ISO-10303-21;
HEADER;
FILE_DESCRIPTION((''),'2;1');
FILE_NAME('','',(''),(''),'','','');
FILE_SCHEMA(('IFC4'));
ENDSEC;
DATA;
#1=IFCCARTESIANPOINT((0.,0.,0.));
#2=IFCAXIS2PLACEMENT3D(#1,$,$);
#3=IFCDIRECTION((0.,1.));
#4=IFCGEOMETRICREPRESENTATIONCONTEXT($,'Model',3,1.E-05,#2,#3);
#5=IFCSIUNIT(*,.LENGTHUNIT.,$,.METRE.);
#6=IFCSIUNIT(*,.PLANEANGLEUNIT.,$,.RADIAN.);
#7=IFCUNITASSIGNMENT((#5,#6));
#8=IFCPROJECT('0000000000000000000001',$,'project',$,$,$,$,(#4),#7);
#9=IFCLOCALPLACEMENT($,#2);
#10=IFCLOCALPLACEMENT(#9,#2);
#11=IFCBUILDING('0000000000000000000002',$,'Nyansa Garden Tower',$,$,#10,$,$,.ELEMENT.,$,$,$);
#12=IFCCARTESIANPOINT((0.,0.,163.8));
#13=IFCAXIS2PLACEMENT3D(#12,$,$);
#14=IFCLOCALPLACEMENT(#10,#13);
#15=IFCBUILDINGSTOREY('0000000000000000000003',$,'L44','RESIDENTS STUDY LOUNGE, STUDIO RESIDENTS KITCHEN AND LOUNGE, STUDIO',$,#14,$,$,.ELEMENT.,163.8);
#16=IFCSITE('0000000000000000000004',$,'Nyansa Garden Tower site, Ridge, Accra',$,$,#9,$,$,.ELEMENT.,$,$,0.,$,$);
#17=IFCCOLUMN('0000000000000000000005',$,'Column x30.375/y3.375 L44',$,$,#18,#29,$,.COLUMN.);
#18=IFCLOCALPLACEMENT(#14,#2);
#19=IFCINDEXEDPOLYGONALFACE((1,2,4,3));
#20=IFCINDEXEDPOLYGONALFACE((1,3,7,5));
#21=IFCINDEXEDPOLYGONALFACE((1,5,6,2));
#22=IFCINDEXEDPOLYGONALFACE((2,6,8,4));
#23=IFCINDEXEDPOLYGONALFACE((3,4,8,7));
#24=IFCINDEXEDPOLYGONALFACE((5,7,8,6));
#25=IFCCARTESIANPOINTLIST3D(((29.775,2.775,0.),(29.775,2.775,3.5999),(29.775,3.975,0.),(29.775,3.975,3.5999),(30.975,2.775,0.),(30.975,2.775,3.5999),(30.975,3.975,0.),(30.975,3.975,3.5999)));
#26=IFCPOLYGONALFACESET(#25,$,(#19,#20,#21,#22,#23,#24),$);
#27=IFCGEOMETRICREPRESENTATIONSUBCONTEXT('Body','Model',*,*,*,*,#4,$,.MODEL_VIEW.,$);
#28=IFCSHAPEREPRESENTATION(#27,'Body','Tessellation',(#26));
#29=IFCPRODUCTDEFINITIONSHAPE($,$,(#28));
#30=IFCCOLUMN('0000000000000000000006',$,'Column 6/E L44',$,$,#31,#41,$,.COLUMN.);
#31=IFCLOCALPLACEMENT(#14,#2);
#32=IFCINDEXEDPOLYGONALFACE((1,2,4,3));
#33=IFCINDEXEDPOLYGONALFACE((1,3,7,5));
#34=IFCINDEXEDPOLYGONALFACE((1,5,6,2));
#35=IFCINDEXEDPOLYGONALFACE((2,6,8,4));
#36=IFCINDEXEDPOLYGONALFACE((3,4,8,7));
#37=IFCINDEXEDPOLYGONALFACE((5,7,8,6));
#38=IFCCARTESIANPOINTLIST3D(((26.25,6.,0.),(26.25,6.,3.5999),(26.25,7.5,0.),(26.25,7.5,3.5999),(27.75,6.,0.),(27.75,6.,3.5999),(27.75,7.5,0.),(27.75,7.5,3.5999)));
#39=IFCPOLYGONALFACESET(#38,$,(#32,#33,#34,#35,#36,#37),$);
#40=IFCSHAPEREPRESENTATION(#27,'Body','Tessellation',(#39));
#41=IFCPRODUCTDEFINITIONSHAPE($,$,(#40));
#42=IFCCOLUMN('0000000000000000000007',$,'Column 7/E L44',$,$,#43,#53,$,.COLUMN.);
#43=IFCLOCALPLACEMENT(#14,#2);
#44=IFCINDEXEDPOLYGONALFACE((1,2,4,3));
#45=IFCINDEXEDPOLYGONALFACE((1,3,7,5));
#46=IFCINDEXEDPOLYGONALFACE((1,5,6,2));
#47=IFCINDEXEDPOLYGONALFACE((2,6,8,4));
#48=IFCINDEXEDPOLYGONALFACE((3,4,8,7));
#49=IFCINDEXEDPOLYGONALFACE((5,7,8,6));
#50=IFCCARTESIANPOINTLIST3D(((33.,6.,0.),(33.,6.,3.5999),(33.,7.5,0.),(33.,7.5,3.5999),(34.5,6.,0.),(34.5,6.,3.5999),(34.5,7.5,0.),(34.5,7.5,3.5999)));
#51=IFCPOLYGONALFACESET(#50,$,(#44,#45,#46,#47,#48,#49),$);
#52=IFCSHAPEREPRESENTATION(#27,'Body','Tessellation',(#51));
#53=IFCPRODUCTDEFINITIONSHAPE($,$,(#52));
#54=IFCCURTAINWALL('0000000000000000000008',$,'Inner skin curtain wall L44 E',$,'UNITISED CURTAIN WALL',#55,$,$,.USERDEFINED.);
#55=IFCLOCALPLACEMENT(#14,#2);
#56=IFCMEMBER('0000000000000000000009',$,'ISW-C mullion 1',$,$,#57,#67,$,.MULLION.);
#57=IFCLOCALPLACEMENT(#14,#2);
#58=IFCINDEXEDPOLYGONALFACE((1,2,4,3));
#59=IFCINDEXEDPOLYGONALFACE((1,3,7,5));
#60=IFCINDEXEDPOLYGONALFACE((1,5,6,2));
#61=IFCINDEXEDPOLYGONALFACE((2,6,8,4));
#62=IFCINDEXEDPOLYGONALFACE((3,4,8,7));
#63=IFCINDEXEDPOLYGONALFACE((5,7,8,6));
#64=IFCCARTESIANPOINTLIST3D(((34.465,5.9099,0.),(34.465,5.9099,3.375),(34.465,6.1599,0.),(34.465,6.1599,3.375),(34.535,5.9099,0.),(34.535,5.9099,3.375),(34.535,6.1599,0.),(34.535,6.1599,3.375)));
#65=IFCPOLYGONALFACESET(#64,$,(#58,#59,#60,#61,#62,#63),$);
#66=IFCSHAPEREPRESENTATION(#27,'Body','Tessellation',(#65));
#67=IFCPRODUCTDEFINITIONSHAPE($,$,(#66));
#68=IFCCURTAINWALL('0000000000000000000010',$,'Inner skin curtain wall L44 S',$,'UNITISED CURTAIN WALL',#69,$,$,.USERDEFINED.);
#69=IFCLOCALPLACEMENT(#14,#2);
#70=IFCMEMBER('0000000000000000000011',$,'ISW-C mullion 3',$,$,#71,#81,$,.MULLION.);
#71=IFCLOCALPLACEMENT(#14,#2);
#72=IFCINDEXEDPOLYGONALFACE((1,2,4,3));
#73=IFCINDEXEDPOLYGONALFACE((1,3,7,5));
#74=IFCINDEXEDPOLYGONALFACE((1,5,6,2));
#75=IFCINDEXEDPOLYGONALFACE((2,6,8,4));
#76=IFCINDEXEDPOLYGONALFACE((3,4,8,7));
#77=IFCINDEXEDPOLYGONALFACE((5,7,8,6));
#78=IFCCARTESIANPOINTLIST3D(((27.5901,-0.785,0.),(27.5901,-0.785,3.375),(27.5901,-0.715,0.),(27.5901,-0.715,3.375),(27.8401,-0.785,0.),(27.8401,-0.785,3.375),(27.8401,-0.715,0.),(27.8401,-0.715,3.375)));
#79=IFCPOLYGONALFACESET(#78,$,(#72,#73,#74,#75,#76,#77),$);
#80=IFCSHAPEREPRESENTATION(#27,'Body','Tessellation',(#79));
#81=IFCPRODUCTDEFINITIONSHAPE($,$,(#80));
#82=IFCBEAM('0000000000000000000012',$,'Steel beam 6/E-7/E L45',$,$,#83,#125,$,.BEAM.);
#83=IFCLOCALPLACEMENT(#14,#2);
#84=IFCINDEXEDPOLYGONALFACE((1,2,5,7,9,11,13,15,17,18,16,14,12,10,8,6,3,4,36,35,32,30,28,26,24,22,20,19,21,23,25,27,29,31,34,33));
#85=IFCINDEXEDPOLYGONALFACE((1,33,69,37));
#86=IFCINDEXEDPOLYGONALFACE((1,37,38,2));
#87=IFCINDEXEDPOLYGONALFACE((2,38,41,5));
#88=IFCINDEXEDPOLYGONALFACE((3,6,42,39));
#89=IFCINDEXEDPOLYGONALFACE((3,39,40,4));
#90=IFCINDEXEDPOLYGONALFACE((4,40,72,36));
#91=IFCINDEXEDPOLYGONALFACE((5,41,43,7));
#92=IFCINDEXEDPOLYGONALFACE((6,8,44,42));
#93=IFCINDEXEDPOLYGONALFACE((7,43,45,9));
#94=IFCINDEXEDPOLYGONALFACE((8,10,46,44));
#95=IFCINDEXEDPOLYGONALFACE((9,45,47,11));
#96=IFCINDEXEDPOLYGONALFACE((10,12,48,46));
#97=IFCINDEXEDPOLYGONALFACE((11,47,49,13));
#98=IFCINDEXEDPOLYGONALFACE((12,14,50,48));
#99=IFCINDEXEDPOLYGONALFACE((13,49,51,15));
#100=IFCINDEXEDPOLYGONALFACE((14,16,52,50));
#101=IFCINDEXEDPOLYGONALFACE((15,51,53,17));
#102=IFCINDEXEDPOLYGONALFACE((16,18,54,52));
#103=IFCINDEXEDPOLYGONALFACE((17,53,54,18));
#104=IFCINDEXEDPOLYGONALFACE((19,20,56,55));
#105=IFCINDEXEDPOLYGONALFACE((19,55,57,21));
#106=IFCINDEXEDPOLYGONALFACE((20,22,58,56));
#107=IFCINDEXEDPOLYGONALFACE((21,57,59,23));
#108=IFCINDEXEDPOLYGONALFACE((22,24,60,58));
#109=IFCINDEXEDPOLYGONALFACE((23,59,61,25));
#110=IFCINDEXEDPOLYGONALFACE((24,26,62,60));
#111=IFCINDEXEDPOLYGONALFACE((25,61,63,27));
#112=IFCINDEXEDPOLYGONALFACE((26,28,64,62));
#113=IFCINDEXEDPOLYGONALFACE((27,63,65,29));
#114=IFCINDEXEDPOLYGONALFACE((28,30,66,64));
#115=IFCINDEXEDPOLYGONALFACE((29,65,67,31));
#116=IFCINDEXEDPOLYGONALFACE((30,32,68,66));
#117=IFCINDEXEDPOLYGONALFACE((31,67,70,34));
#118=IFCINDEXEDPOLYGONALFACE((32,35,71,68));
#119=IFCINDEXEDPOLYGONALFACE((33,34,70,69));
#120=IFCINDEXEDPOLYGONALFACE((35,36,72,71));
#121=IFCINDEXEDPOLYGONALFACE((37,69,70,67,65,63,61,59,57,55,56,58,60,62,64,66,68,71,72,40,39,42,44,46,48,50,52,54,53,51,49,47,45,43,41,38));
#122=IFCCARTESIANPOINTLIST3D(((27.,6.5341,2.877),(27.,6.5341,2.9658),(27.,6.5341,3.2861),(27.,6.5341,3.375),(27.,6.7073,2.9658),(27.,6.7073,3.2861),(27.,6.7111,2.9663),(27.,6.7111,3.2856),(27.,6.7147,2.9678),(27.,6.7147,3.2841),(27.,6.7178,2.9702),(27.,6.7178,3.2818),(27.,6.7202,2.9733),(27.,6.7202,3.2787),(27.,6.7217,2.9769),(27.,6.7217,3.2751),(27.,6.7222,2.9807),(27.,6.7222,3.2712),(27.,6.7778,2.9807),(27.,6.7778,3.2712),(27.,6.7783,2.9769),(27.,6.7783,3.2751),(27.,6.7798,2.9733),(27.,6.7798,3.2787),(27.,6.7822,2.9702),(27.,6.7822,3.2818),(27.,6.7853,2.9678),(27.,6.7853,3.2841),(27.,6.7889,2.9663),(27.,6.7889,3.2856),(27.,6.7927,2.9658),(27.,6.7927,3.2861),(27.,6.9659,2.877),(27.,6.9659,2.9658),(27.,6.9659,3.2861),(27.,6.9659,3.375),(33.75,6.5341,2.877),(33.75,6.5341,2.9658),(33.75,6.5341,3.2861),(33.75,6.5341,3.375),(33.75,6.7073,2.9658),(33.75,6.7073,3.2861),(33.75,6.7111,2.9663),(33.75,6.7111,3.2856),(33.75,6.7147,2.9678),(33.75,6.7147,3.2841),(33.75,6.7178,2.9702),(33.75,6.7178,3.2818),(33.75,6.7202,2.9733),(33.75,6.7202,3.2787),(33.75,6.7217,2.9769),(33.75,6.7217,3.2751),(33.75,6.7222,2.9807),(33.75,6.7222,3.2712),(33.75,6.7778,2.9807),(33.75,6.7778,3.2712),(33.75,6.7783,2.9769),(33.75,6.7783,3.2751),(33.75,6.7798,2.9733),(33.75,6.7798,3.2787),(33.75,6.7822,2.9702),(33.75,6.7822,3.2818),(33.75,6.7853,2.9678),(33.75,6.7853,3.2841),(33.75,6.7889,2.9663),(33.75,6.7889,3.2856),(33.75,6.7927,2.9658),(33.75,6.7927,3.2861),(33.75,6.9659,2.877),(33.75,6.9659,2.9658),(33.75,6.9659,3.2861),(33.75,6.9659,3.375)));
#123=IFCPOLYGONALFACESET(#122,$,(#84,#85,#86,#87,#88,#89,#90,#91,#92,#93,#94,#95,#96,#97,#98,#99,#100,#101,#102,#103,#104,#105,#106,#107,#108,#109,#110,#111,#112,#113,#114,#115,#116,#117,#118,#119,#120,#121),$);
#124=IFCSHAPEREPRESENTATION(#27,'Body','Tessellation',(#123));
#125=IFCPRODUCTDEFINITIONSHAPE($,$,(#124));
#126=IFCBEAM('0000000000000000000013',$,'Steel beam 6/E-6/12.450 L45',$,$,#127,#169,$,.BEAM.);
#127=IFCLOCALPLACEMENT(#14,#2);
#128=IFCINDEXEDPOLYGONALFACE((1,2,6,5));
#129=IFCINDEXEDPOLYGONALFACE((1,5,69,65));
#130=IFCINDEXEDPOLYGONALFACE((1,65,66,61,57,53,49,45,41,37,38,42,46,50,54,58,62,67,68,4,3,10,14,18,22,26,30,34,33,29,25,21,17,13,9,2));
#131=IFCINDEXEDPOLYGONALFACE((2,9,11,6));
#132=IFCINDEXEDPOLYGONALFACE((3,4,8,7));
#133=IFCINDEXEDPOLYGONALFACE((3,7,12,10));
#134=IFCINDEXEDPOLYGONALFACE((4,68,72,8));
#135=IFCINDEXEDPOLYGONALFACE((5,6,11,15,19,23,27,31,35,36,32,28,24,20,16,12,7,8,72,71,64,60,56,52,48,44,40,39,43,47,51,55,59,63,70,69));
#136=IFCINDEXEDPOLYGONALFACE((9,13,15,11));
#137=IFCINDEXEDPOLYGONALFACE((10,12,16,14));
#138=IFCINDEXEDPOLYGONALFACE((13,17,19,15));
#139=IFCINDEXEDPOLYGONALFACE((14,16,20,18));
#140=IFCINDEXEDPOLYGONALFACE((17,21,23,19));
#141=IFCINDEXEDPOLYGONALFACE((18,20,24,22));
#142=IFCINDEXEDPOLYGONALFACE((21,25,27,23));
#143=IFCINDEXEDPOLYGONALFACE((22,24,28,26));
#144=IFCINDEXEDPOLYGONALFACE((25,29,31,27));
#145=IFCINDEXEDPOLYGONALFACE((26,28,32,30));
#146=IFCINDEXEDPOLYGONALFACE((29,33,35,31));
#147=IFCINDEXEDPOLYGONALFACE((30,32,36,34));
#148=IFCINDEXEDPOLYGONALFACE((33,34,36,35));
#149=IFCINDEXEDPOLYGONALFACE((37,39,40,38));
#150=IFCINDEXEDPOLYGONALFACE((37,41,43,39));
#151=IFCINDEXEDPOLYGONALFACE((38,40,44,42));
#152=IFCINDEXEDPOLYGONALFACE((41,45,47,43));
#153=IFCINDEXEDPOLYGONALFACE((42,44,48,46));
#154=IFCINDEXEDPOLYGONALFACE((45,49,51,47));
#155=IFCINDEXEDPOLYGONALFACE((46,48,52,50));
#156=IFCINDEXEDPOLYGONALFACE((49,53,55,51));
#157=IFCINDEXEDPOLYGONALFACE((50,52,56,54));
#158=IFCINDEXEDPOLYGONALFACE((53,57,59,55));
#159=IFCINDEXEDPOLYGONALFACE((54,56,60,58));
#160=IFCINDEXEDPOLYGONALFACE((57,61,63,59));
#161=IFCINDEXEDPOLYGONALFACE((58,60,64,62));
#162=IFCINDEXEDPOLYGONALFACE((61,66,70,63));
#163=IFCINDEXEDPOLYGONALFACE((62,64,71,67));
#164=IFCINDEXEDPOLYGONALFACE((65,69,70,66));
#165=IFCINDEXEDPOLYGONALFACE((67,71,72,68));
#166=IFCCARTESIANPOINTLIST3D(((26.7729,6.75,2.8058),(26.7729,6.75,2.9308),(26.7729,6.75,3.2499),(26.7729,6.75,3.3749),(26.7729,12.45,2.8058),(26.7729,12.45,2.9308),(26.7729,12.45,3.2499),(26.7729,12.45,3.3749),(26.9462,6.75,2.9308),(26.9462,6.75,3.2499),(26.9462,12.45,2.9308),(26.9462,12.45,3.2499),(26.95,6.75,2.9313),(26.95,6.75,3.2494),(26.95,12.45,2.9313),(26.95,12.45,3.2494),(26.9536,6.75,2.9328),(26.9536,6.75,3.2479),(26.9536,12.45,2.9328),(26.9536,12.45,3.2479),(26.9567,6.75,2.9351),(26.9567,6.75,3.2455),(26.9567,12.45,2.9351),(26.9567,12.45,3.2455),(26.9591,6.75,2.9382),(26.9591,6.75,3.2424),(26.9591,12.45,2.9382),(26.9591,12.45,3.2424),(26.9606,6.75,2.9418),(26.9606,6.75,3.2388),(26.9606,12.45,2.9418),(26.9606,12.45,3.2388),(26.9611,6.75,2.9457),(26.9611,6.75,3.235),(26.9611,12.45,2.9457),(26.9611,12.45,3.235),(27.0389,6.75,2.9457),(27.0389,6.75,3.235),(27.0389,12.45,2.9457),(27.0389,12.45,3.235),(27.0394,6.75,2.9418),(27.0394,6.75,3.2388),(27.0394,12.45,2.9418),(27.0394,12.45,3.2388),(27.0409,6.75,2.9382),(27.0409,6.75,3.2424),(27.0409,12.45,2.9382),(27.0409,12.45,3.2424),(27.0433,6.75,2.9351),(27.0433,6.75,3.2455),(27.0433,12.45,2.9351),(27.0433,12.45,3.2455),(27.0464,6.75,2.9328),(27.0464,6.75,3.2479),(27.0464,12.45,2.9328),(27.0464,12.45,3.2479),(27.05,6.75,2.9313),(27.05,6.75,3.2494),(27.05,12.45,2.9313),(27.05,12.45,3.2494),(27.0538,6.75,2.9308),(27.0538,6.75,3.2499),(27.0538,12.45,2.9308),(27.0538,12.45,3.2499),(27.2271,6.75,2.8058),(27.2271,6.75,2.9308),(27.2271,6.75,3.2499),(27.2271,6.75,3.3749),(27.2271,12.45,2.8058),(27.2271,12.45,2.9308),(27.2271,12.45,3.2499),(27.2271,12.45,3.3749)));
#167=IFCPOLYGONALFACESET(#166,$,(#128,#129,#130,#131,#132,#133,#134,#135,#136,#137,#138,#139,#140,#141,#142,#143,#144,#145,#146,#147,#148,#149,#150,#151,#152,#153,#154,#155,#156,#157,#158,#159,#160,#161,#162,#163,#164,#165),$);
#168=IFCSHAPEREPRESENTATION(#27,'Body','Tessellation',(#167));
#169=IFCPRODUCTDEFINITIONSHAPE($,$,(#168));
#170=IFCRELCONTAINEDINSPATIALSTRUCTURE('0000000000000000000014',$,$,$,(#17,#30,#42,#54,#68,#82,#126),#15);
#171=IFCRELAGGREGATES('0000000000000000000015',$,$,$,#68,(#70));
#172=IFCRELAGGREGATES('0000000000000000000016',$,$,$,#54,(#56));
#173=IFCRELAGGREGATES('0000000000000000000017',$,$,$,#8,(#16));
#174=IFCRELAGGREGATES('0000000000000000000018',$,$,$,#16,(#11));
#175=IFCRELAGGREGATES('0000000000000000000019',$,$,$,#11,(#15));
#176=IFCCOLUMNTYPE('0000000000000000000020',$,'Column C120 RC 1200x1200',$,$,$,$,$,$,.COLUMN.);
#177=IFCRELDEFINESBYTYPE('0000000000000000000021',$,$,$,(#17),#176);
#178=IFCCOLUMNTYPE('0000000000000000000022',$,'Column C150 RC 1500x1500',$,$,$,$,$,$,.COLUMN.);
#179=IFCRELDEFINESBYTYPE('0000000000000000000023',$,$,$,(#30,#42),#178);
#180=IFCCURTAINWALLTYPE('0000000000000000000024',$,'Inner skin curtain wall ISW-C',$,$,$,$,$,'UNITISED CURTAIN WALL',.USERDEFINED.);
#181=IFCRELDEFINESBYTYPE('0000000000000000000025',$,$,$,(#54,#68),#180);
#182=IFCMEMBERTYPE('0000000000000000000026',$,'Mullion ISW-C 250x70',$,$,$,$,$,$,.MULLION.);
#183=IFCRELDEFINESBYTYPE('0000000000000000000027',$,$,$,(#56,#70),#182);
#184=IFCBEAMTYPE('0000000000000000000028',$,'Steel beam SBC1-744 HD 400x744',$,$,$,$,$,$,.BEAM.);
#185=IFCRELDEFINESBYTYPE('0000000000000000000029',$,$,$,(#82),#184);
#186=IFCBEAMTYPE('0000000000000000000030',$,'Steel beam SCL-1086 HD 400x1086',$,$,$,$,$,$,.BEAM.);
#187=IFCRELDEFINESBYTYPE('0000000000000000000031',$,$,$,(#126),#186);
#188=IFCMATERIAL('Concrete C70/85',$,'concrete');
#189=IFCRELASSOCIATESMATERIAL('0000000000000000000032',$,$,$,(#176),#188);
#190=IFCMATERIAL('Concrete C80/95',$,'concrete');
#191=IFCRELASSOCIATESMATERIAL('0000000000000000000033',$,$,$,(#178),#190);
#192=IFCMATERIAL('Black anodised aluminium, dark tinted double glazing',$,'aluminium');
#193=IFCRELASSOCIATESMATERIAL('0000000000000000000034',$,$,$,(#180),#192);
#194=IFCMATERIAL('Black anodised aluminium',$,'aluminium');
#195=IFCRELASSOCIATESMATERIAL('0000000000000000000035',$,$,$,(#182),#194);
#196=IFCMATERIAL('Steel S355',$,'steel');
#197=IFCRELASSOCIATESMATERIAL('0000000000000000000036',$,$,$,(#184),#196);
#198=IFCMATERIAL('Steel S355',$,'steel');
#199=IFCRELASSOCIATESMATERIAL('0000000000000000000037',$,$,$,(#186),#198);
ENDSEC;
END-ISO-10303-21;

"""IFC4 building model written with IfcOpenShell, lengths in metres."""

from ifc_helpers import new_model, si_unit, direction, frame, origin, origin_2d, place, context, subcontext, project, spatial, rectangle, i_section, extrude, material, material_profile, profile_set, type_object, element, aggregate, save


model = new_model("IFC4")

# Units and contexts
model_context = context("Model", 3, precision=1e-05, world=origin(), true_north=direction((0.0, 1.0)))
body_context = subcontext(model_context, "Body", "Model", "MODEL_VIEW")
ifc_project = project(units=[si_unit("LENGTHUNIT", "METRE"), si_unit("PLANEANGLEUNIT", "RADIAN")], contexts=[model_context])

# Site, building, storey
site_placement = place(None, origin())
site = spatial("IfcSite", under=ifc_project, at=site_placement, Name="Nyansa Garden Tower site, Ridge, Accra", CompositionType="ELEMENT", RefElevation=0.0)
building_placement = place(site_placement, origin())
building = spatial("IfcBuilding", under=site, at=building_placement, Name="Nyansa Garden Tower", CompositionType="ELEMENT")
storey_placement = place(building_placement, frame((0.0, 0.0, 163.8)))
storey = spatial("IfcBuildingStorey", under=building, at=storey_placement, Name="L44", Description="RESIDENTS STUDY LOUNGE, STUDIO RESIDENTS KITCHEN AND LOUNGE, STUDIO", CompositionType="ELEMENT", Elevation=163.8)

# Columns
ifc_material_1 = material(Name="Concrete C70/85", Category="concrete")
ifc_material_profile_1 = material_profile(ifc_material_1, rectangle(XDim=1.2, YDim=1.2, at=origin_2d()), Name="RC 1200x1200")
ifc_profile_set_1 = profile_set([ifc_material_profile_1], Name="Concrete C70/85")
column_type_1 = type_object("IfcColumnType", Name="Column C120 RC 1200x1200", PredefinedType="COLUMN", material=ifc_profile_set_1)
column_placement = place(storey_placement, frame((30.375, 3.375, 0.0), z_axis=(0.0, 0.0, 1.0), x_axis=(1.0, 0.0, 0.0)))
element("IfcColumn", 1, at=column_placement, inside=storey, type_object=column_type_1, Name="Column x30.375/y3.375 L44", PredefinedType="COLUMN", context=body_context, shape_type="SweptSolid", body=[
    extrude(rectangle(XDim=1.2, YDim=1.2, at=origin_2d()), origin(), (0.0, 0.0, 1.0), 3.5999),
])
ifc_material_2 = material(Name="Concrete C80/95", Category="concrete")
ifc_material_profile_2 = material_profile(ifc_material_2, rectangle(XDim=1.5, YDim=1.5, at=origin_2d()), Name="RC 1500x1500")
ifc_profile_set_2 = profile_set([ifc_material_profile_2], Name="Concrete C80/95")
column_type_2 = type_object("IfcColumnType", Name="Column C150 RC 1500x1500", PredefinedType="COLUMN", material=ifc_profile_set_2)
for number, where, z_axis, x_axis, name in (
    (2, (27.0, 6.75, 0.0), (0.0, 0.0, 1.0), (1.0, 0.0, 0.0), "Column 6/E L44"),
    (3, (33.75, 6.75, 0.0), (0.0, 0.0, 1.0), (1.0, 0.0, 0.0), "Column 7/E L44"),
):
    element("IfcColumn", number, at=place(storey_placement, frame(where, z_axis=z_axis, x_axis=x_axis)), inside=storey, type_object=column_type_2, Name=name, PredefinedType="COLUMN", context=body_context, shape_type="SweptSolid", body=[
        extrude(rectangle(XDim=1.5, YDim=1.5, at=origin_2d()), origin(), (0.0, 0.0, 1.0), 3.5999),
    ])

# Curtain walls, members
ifc_material_3 = material(Name="Black anodised aluminium, dark tinted double glazing", Category="aluminium")
curtain_wall_type = type_object("IfcCurtainWallType", Name="Inner skin curtain wall ISW-C", ElementType="UNITISED CURTAIN WALL", PredefinedType="USERDEFINED", material=ifc_material_3)
curtain_wall_1_placement = place(storey_placement, origin())
curtain_wall_1 = element("IfcCurtainWall", 4, at=curtain_wall_1_placement, inside=storey, type_object=curtain_wall_type, Name="Inner skin curtain wall L44 E", ObjectType="UNITISED CURTAIN WALL", PredefinedType="USERDEFINED")
ifc_material_4 = material(Name="Black anodised aluminium", Category="aluminium")
ifc_material_profile_3 = material_profile(ifc_material_4, rectangle(XDim=0.0701, YDim=0.25, at=origin_2d()), Name="Mullion 250x70")
ifc_profile_set_3 = profile_set([ifc_material_profile_3], Name="Black anodised aluminium")
member_type_1 = type_object("IfcMemberType", Name="Mullion ISW-C 250x70", PredefinedType="MULLION", material=ifc_profile_set_3)
member_1_placement = place(storey_placement, frame((34.5, 6.0349, 0.0), z_axis=(0.0, 0.0, 1.0), x_axis=(-1.0, 0.0, 0.0)))
member_1 = element("IfcMember", 5, at=member_1_placement, type_object=member_type_1, Name="ISW-C mullion 1", PredefinedType="MULLION", context=body_context, shape_type="SweptSolid", body=[
    extrude(rectangle(XDim=0.0701, YDim=0.25, at=origin_2d()), origin(), (0.0, 0.0, 1.0), 3.375),
])
curtain_wall_2_placement = place(storey_placement, origin())
curtain_wall_2 = element("IfcCurtainWall", 6, at=curtain_wall_2_placement, inside=storey, type_object=curtain_wall_type, Name="Inner skin curtain wall L44 S", ObjectType="UNITISED CURTAIN WALL", PredefinedType="USERDEFINED")
member_2_placement = place(storey_placement, frame((27.7151, -0.75, 0.0), z_axis=(0.0, 0.0, 1.0), x_axis=(0.0, 1.0, 0.0)))
member_2 = element("IfcMember", 7, at=member_2_placement, type_object=member_type_1, Name="ISW-C mullion 3", PredefinedType="MULLION", context=body_context, shape_type="SweptSolid", body=[
    extrude(rectangle(XDim=0.0701, YDim=0.25, at=origin_2d()), origin(), (0.0, 0.0, 1.0), 3.375),
])
aggregate(curtain_wall_2, [member_2])

# Beams
ifc_material_5 = material(Name="Steel S355", Category="steel")
ifc_material_profile_4 = material_profile(ifc_material_5, i_section(OverallWidth=0.4319, OverallDepth=0.498, WebThickness=0.0557, FlangeThickness=0.0889, FilletRadius=0.0149, at=origin_2d()), Name="HD 400x744")
ifc_profile_set_4 = profile_set([ifc_material_profile_4], Name="Steel S355")
beam_type_1 = type_object("IfcBeamType", Name="Steel beam SBC1-744 HD 400x744", PredefinedType="BEAM", material=ifc_profile_set_4)
beam_1_placement = place(storey_placement, frame((27.0, 6.75, 3.126), z_axis=(1.0, 0.0, 0.0), x_axis=(0.0, 1.0, 0.0)))
element("IfcBeam", 8, at=beam_1_placement, inside=storey, type_object=beam_type_1, Name="Steel beam 6/E-7/E L45", PredefinedType="BEAM", context=body_context, shape_type="SweptSolid", body=[
    extrude(i_section(OverallWidth=0.4319, OverallDepth=0.498, WebThickness=0.0557, FlangeThickness=0.0889, FilletRadius=0.0149, at=origin_2d()), origin(), (0.0, 0.0, 1.0), 6.75),
])
ifc_material_6 = material(Name="Steel S355", Category="steel")
ifc_material_profile_5 = material_profile(ifc_material_6, i_section(OverallWidth=0.4541, OverallDepth=0.5691, WebThickness=0.0779, FlangeThickness=0.125, FilletRadius=0.0149, at=origin_2d()), Name="HD 400x1086")
ifc_profile_set_5 = profile_set([ifc_material_profile_5], Name="Steel S355")
beam_type_2 = type_object("IfcBeamType", Name="Steel beam SCL-1086 HD 400x1086", PredefinedType="BEAM", material=ifc_profile_set_5)
beam_2_placement = place(storey_placement, frame((27.0, 6.75, 3.0903), z_axis=(0.0, 1.0, 0.0), x_axis=(-1.0, 0.0, 0.0)))
element("IfcBeam", 9, at=beam_2_placement, inside=storey, type_object=beam_type_2, Name="Steel beam 6/E-6/12.450 L45", PredefinedType="BEAM", context=body_context, shape_type="SweptSolid", body=[
    extrude(i_section(OverallWidth=0.4541, OverallDepth=0.5691, WebThickness=0.0779, FlangeThickness=0.125, FilletRadius=0.0149, at=origin_2d()), origin(), (0.0, 0.0, 1.0), 5.7),
])

aggregate(curtain_wall_1, [member_1])

save(model, "model.ifc")
